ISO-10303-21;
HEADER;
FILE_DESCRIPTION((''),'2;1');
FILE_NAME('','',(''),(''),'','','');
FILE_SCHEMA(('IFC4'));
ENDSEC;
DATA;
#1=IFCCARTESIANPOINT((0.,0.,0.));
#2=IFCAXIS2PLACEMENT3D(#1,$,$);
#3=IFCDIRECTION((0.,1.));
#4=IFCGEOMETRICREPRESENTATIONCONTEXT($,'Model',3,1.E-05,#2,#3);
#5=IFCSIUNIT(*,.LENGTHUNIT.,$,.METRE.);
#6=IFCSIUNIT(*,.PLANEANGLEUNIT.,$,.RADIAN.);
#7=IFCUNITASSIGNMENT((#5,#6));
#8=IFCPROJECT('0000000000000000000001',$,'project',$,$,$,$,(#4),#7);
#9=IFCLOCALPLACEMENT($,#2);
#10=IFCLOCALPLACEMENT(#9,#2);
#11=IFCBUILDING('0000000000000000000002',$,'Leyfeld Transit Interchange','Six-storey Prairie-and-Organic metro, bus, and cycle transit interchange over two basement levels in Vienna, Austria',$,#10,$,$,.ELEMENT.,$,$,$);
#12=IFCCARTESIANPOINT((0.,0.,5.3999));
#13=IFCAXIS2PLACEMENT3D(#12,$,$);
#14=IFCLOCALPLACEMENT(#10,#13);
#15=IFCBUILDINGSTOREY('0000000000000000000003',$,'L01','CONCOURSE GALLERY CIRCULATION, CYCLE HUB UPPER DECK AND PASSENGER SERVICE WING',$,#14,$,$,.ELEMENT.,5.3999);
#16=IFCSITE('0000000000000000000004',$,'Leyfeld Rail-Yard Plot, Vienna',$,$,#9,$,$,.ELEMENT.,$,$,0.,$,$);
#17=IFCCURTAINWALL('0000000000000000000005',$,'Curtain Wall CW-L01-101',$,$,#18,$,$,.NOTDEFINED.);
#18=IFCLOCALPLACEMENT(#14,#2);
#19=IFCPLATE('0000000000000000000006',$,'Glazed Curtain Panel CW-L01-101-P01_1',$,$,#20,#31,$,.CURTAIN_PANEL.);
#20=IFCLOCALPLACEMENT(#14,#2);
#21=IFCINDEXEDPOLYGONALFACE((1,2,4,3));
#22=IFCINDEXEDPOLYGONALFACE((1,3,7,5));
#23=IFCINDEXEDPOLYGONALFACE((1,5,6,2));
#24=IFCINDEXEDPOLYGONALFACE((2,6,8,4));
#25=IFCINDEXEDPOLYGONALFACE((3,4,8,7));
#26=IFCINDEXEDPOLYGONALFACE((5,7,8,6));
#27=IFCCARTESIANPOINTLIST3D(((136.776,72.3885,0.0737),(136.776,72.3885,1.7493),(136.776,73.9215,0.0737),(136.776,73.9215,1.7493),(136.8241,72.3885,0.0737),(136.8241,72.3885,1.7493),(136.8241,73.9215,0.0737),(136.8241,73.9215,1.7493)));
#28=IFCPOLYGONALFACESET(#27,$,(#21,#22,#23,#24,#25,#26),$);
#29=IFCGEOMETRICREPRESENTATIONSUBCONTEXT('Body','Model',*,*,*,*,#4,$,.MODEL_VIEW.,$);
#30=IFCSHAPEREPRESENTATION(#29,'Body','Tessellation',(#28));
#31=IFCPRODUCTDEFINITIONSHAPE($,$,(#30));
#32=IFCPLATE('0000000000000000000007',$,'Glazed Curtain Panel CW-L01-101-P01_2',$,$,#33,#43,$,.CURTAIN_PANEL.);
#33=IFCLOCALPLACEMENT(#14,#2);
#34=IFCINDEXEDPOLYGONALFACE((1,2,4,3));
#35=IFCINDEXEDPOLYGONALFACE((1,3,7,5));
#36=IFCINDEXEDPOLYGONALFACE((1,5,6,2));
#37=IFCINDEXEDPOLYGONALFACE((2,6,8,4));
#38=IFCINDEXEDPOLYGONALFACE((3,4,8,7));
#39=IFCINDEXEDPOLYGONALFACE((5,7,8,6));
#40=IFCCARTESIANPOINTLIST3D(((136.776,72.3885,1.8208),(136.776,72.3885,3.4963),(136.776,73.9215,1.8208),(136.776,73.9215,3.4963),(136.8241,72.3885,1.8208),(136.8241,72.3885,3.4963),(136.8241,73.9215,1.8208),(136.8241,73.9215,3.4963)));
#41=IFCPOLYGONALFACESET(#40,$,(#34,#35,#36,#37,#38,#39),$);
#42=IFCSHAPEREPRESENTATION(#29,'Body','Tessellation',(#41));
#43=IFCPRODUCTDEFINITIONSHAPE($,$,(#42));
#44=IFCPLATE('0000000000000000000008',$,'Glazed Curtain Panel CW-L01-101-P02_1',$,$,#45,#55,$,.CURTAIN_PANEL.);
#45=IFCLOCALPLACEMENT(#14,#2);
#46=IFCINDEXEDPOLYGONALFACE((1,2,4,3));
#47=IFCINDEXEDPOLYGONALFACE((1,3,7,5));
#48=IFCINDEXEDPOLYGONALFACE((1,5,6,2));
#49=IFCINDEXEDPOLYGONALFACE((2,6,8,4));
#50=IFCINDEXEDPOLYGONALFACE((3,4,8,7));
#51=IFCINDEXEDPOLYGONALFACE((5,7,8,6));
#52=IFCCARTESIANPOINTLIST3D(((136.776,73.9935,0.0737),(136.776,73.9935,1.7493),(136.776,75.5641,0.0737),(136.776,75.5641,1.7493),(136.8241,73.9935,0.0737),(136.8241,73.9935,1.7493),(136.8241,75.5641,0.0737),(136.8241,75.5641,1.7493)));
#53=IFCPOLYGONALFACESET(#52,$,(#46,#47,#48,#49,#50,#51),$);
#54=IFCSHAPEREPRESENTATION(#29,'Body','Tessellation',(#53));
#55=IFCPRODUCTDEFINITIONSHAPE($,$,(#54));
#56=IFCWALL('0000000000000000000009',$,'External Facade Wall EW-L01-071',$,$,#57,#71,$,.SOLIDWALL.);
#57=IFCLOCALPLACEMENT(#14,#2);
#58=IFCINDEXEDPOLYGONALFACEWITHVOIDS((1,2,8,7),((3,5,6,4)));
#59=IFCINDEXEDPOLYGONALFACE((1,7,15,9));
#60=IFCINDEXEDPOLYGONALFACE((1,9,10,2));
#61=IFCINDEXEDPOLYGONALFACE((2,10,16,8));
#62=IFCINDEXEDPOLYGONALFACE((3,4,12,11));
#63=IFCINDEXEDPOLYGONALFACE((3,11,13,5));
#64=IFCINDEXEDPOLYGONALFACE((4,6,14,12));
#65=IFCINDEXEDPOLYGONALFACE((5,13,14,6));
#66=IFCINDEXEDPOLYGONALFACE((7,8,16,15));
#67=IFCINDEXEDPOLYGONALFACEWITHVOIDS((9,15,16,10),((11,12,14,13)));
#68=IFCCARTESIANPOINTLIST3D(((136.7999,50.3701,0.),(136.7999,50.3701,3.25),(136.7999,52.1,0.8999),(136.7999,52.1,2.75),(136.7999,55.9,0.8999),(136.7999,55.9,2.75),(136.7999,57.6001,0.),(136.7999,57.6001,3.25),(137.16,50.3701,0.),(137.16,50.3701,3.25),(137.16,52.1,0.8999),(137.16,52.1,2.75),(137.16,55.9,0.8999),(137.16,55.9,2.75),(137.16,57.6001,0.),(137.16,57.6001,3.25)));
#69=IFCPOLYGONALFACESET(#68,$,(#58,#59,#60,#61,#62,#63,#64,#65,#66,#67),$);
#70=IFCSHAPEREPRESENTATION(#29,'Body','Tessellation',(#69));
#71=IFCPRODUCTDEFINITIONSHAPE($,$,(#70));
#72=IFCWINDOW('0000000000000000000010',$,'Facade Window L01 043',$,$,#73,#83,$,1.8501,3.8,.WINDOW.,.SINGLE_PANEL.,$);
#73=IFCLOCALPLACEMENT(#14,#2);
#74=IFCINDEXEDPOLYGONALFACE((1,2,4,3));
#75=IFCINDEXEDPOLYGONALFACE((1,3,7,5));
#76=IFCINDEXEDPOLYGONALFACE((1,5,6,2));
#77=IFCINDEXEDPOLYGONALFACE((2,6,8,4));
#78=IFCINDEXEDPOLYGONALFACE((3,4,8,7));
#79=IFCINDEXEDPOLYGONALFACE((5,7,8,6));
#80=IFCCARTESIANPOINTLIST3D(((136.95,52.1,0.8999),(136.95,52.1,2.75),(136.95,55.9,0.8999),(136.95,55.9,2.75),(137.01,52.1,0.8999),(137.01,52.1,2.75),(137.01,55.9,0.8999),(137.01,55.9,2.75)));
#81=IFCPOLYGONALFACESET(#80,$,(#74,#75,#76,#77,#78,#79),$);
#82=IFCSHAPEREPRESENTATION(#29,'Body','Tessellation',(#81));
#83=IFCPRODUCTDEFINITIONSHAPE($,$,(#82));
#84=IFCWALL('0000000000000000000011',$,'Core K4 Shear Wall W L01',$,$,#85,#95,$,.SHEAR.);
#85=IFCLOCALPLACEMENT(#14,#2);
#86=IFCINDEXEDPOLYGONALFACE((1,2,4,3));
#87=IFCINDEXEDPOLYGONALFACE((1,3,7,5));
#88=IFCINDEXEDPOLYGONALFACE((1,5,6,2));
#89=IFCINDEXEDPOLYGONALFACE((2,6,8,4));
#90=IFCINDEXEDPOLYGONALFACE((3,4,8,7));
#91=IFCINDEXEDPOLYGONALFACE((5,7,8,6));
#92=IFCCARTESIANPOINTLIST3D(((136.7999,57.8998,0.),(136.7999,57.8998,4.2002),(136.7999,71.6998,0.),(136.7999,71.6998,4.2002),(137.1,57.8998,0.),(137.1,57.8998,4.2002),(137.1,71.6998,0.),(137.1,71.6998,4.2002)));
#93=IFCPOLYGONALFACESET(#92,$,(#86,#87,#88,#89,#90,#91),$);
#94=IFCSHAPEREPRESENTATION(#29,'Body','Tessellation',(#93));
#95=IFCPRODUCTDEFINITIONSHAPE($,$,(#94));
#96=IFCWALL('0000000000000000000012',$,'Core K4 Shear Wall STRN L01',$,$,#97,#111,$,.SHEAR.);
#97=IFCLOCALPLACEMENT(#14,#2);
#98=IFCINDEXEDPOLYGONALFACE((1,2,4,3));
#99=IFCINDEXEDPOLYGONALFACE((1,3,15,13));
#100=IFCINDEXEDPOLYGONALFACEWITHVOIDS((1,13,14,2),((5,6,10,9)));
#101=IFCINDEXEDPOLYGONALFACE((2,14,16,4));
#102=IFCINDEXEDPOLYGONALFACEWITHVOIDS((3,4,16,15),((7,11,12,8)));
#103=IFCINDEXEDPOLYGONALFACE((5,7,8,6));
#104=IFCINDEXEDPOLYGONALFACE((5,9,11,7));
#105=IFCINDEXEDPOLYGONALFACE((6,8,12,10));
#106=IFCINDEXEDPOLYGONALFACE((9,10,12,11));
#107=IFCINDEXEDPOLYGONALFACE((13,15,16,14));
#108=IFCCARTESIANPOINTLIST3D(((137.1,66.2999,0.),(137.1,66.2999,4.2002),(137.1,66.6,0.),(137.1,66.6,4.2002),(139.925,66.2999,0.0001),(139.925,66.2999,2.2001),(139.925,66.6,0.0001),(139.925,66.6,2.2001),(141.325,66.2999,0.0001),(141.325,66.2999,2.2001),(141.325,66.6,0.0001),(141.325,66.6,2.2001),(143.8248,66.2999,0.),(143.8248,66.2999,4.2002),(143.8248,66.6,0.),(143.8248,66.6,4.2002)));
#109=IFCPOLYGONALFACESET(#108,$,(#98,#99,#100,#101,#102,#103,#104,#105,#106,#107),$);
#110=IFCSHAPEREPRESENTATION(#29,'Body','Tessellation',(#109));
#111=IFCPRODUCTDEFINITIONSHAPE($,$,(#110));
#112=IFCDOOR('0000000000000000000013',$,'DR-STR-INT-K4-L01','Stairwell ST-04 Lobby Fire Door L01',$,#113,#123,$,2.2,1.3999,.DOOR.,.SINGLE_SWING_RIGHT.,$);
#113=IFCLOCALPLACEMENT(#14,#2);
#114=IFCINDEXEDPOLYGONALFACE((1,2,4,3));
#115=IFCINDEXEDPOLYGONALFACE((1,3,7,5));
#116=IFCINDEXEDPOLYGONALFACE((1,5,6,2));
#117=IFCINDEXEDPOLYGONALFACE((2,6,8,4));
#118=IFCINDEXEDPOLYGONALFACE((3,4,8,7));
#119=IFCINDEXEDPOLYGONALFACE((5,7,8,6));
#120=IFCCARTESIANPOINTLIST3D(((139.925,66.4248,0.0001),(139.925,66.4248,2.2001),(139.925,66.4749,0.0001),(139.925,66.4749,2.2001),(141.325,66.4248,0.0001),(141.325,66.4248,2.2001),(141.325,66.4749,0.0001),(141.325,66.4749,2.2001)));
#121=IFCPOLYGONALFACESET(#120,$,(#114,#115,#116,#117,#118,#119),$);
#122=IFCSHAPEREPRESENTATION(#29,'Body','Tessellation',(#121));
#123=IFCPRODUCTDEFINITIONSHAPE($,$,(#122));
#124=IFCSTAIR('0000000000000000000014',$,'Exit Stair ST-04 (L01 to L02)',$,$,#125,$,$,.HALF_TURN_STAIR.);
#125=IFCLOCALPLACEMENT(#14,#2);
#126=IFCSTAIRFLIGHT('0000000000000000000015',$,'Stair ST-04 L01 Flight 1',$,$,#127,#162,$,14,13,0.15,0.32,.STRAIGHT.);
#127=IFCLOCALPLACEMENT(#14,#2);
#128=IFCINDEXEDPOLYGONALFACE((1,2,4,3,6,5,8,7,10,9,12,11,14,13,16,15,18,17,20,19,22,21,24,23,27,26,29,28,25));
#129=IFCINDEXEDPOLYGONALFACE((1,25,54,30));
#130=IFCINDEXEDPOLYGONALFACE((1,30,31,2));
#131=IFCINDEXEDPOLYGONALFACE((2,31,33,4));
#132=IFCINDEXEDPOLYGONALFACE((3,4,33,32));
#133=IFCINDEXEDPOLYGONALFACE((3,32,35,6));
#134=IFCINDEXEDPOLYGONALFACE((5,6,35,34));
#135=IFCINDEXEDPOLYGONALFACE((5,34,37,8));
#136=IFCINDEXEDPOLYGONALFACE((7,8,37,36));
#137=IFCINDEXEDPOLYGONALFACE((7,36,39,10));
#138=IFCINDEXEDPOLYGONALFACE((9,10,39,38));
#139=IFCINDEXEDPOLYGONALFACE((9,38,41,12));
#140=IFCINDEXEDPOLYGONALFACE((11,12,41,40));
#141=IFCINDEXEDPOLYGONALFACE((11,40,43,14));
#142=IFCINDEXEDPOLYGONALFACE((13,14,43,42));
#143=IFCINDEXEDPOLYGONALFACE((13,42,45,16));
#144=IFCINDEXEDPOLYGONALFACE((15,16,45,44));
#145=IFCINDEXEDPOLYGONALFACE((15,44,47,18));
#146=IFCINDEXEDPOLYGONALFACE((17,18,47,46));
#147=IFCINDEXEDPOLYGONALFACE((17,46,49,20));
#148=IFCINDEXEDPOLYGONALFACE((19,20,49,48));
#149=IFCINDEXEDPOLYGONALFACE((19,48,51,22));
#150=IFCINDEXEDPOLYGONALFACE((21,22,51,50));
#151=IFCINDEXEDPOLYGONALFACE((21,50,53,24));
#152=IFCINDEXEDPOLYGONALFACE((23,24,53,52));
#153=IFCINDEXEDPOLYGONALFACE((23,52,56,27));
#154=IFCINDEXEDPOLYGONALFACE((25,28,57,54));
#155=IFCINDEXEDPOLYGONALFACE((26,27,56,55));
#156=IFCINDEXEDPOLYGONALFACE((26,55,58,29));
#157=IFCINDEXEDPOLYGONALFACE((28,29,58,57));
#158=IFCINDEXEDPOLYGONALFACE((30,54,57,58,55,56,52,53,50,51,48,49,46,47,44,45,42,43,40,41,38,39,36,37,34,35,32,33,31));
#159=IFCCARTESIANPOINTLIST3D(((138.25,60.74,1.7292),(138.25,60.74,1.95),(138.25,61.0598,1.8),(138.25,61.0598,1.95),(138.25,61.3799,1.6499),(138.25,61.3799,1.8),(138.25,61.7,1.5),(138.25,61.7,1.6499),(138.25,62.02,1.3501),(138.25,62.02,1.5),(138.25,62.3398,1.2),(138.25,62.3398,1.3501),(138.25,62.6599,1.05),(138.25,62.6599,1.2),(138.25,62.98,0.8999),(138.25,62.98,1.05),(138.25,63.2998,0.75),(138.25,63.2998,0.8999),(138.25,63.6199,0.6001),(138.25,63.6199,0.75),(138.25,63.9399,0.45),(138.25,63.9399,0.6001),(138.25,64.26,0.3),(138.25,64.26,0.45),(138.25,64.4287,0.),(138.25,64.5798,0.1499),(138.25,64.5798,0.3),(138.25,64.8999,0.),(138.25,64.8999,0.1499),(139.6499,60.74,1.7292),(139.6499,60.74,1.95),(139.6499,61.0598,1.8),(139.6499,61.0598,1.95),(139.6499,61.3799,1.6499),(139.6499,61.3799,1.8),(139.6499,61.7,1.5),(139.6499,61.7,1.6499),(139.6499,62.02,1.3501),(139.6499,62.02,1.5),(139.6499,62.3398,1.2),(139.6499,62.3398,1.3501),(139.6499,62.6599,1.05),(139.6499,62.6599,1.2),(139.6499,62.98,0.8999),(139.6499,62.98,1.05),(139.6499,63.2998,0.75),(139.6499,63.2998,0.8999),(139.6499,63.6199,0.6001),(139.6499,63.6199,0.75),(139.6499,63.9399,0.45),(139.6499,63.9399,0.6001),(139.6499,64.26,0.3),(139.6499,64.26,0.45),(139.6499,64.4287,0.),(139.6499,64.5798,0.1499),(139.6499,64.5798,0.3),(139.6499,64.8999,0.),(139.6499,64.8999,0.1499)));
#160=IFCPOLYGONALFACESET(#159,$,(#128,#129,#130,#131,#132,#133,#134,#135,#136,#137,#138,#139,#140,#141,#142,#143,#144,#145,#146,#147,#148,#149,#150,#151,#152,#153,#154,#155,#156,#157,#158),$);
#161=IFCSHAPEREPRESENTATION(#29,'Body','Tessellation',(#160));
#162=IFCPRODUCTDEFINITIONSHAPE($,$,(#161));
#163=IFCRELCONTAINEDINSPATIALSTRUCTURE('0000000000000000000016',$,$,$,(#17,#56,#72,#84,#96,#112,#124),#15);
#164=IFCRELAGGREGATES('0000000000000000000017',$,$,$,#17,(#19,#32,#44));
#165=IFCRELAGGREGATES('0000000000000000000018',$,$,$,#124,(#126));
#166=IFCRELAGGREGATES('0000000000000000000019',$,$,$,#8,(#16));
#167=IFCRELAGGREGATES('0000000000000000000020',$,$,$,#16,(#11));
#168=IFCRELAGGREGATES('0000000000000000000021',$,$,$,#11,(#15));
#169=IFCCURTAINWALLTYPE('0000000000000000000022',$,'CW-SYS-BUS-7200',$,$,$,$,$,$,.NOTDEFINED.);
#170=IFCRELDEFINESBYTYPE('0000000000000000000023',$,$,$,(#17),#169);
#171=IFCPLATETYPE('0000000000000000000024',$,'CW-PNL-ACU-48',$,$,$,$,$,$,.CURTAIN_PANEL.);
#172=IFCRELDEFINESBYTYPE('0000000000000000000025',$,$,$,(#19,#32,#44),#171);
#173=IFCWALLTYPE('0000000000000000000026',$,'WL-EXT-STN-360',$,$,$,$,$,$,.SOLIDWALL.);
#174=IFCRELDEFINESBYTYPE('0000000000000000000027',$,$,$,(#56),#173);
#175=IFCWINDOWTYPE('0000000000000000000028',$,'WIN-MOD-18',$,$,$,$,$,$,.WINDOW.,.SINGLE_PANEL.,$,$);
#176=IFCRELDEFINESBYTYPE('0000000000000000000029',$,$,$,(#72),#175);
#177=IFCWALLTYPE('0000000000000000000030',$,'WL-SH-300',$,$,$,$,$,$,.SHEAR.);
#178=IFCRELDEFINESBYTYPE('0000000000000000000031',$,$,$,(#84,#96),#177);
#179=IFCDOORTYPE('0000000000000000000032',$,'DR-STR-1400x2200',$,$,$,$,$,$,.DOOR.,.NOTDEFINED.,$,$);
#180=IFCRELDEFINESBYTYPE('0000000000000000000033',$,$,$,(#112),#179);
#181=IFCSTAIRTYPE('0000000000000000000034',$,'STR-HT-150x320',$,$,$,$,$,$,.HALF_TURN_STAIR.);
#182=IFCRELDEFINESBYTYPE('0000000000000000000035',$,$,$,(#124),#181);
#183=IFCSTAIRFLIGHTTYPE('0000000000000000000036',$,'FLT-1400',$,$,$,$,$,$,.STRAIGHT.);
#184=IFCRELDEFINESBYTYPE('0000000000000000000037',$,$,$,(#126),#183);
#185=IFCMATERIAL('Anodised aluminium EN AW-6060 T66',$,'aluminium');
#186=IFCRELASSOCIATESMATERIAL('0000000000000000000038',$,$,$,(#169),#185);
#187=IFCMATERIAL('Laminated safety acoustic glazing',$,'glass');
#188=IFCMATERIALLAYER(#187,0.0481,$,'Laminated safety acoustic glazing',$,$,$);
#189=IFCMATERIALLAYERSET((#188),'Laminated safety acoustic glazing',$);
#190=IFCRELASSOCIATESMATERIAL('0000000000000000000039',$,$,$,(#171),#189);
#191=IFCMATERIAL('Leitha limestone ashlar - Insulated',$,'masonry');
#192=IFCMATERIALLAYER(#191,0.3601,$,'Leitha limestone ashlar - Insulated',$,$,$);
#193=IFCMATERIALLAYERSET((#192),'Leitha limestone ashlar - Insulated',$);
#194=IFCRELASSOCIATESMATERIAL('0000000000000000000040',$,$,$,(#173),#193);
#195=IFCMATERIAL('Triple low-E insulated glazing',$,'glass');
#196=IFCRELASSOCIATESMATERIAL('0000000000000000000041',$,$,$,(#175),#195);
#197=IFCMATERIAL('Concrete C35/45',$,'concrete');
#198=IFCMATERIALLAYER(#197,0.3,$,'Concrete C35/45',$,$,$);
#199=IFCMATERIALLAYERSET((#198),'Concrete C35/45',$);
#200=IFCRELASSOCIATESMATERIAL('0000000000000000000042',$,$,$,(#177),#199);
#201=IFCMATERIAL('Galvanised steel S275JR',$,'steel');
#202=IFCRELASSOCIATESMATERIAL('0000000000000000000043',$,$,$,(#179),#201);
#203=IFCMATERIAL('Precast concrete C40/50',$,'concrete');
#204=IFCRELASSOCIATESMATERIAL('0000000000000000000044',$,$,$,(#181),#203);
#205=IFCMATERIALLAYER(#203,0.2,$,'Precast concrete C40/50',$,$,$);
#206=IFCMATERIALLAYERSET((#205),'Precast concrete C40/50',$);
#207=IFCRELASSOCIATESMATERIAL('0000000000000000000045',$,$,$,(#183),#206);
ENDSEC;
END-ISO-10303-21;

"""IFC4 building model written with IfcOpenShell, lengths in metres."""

from ifc_helpers import new_model, si_unit, direction, frame, frame_2d, origin, origin_2d, place, context, subcontext, project, spatial, polyline, rectangle, outline, extrude, material, layer, layer_set, type_object, element, fill, aggregate, save


model = new_model("IFC4")

# Units and contexts
model_context = context("Model", 3, precision=1e-05, world=origin(), true_north=direction((0.0, 1.0)))
body_context = subcontext(model_context, "Body", "Model", "MODEL_VIEW")
ifc_project = project(units=[si_unit("LENGTHUNIT", "METRE"), si_unit("PLANEANGLEUNIT", "RADIAN")], contexts=[model_context])

# Site, building, storey
site_placement = place(None, origin())
site = spatial("IfcSite", under=ifc_project, at=site_placement, Name="Leyfeld Rail-Yard Plot, Vienna", CompositionType="ELEMENT", RefElevation=0.0)
building_placement = place(site_placement, origin())
building = spatial("IfcBuilding", under=site, at=building_placement, Name="Leyfeld Transit Interchange", Description="Six-storey Prairie-and-Organic metro, bus, and cycle transit interchange over two basement levels in Vienna, Austria", CompositionType="ELEMENT")
storey_placement = place(building_placement, frame((0.0, 0.0, 5.3999)))
storey = spatial("IfcBuildingStorey", under=building, at=storey_placement, Name="L01", Description="CONCOURSE GALLERY CIRCULATION, CYCLE HUB UPPER DECK AND PASSENGER SERVICE WING", CompositionType="ELEMENT", Elevation=5.3999)

# Shared definitions
ifc_material_1 = material(Name="Concrete C35/45", Category="concrete")

# Curtain wall, plates
ifc_material_2 = material(Name="Anodised aluminium EN AW-6060 T66", Category="aluminium")
curtain_wall_type = type_object("IfcCurtainWallType", Name="CW-SYS-BUS-7200", PredefinedType="NOTDEFINED", material=ifc_material_2)
curtain_wall_placement = place(storey_placement, origin())
curtain_wall = element("IfcCurtainWall", 1, at=curtain_wall_placement, inside=storey, type_object=curtain_wall_type, Name="Curtain Wall CW-L01-101", PredefinedType="NOTDEFINED")
ifc_material_3 = material(Name="Laminated safety acoustic glazing", Category="glass")
ifc_layer_1 = layer(ifc_material_3, 0.0481, Name="Laminated safety acoustic glazing")
ifc_layer_set_1 = layer_set([ifc_layer_1], Name="Laminated safety acoustic glazing")
plate_type = type_object("IfcPlateType", Name="CW-PNL-ACU-48", PredefinedType="CURTAIN_PANEL", material=ifc_layer_set_1)
plate_1_placement = place(storey_placement, frame((136.8, 73.155, 0.0737), z_axis=(0.0, 0.0, 1.0), x_axis=(0.0, 1.0, 0.0)))
plate_1 = element("IfcPlate", 2, at=plate_1_placement, type_object=plate_type, Name="Glazed Curtain Panel CW-L01-101-P01_1", PredefinedType="CURTAIN_PANEL", context=body_context, shape_type="SweptSolid", body=[
    extrude(rectangle(XDim=1.533, YDim=0.0481, at=origin_2d()), origin(), (0.0, 0.0, 1.0), 1.6755),
])
plate_2_placement = place(storey_placement, frame((136.8, 73.155, 1.8208), z_axis=(0.0, 0.0, 1.0), x_axis=(0.0, 1.0, 0.0)))
plate_2 = element("IfcPlate", 3, at=plate_2_placement, type_object=plate_type, Name="Glazed Curtain Panel CW-L01-101-P01_2", PredefinedType="CURTAIN_PANEL", context=body_context, shape_type="SweptSolid", body=[
    extrude(rectangle(XDim=1.533, YDim=0.0481, at=origin_2d()), origin(), (0.0, 0.0, 1.0), 1.6755),
])
plate_3_placement = place(storey_placement, frame((136.8, 74.7788, 0.0737), z_axis=(0.0, 0.0, 1.0), x_axis=(0.0, 1.0, 0.0)))
plate_3 = element("IfcPlate", 4, at=plate_3_placement, type_object=plate_type, Name="Glazed Curtain Panel CW-L01-101-P02_1", PredefinedType="CURTAIN_PANEL", context=body_context, shape_type="SweptSolid", body=[
    extrude(rectangle(XDim=1.5706, YDim=0.0481, at=origin_2d()), origin(), (0.0, 0.0, 1.0), 1.6755),
])
aggregate(curtain_wall, [plate_1, plate_2, plate_3])

# Wall, opening, window
ifc_material_4 = material(Name="Leitha limestone ashlar - Insulated", Category="masonry")
ifc_layer_2 = layer(ifc_material_4, 0.3601, Name="Leitha limestone ashlar - Insulated")
ifc_layer_set_2 = layer_set([ifc_layer_2], Name="Leitha limestone ashlar - Insulated")
wall_type_1 = type_object("IfcWallType", Name="WL-EXT-STN-360", PredefinedType="SOLIDWALL", material=ifc_layer_set_2)
wall_1_placement = place(storey_placement, frame((136.98, 50.3701, 0.0), z_axis=(0.0, 0.0, 1.0), x_axis=(0.0, 1.0, 0.0)))
wall_1 = element("IfcWall", 5, at=wall_1_placement, inside=storey, type_object=wall_type_1, Name="External Facade Wall EW-L01-071", PredefinedType="SOLIDWALL", context=body_context, shape_type="SweptSolid", body=[
    extrude(rectangle(XDim=7.23, YDim=0.3601, at=frame_2d((3.615, 0.0))), origin(), (0.0, 0.0, 1.0), 3.25),
])
opening_1_placement = place(wall_1_placement, frame((1.73, 0.0, 0.8999)))
opening_1 = element("IfcOpeningElement", 6, at=opening_1_placement, cuts=wall_1, PredefinedType="OPENING", context=body_context, shape_type="SweptSolid", body=[
    extrude(rectangle(XDim=3.8, YDim=1.8501, at=frame_2d((1.8999, 0.925))), frame((0.0, 0.1899, 0.0), z_axis=(0.0, -1.0, 0.0), x_axis=(1.0, 0.0, 0.0)), (0.0, 0.0, 1.0), 0.3801),
])
ifc_material_5 = material(Name="Triple low-E insulated glazing", Category="glass")
window_type = type_object("IfcWindowType", Name="WIN-MOD-18", PartitioningType="SINGLE_PANEL", PredefinedType="WINDOW", material=ifc_material_5)
window_placement = place(opening_1_placement, origin())
window = element("IfcWindow", 7, at=window_placement, inside=storey, type_object=window_type, Name="Facade Window L01 043", OverallHeight=1.8501, OverallWidth=3.8, PartitioningType="SINGLE_PANEL", PredefinedType="WINDOW", context=body_context, shape_type="SweptSolid", body=[
    extrude(rectangle(XDim=3.8, YDim=1.8501, at=frame_2d((1.8999, 0.925))), frame((0.0, 0.03, 0.0), z_axis=(0.0, -1.0, 0.0), x_axis=(1.0, 0.0, 0.0)), (0.0, 0.0, 1.0), 0.0601),
])
fill(opening_1, window)

# Wall
ifc_layer_3 = layer(ifc_material_1, 0.3, Name="Concrete C35/45")
ifc_layer_set_3 = layer_set([ifc_layer_3], Name="Concrete C35/45")
wall_type_2 = type_object("IfcWallType", Name="WL-SH-300", PredefinedType="SHEAR", material=ifc_layer_set_3)
wall_2_placement = place(storey_placement, frame((136.95, 57.8999, 0.0), z_axis=(0.0, 0.0, 1.0), x_axis=(0.0, 1.0, 0.0)))
element("IfcWall", 8, at=wall_2_placement, inside=storey, type_object=wall_type_2, Name="Core K4 Shear Wall W L01", PredefinedType="SHEAR", context=body_context, shape_type="SweptSolid", body=[
    extrude(rectangle(XDim=13.8, YDim=0.3, at=frame_2d((6.8999, 0.0))), origin(), (0.0, 0.0, 1.0), 4.2002),
])

# Wall, opening, door
wall_3_placement = place(storey_placement, frame((137.1001, 66.45, 0.0), z_axis=(0.0, 0.0, 1.0), x_axis=(1.0, 0.0, 0.0)))
wall_3 = element("IfcWall", 9, at=wall_3_placement, inside=storey, type_object=wall_type_2, Name="Core K4 Shear Wall STRN L01", PredefinedType="SHEAR", context=body_context, shape_type="SweptSolid", body=[
    extrude(rectangle(XDim=6.7249, YDim=0.3, at=frame_2d((3.3623, 0.0))), origin(), (0.0, 0.0, 1.0), 4.2002),
])
opening_2_placement = place(wall_3_placement, frame((2.825, 0.0, 0.0)))
opening_2 = element("IfcOpeningElement", 10, at=opening_2_placement, cuts=wall_3, PredefinedType="OPENING", context=body_context, shape_type="SweptSolid", body=[
    extrude(rectangle(XDim=1.3999, YDim=2.2, at=frame_2d((0.7, 1.1001))), frame((0.0, 0.1599, 0.0), z_axis=(0.0, -1.0, 0.0), x_axis=(1.0, 0.0, 0.0)), (0.0, 0.0, 1.0), 0.3201),
])
ifc_material_6 = material(Name="Galvanised steel S275JR", Category="steel")
door_type = type_object("IfcDoorType", Name="DR-STR-1400x2200", OperationType="NOTDEFINED", PredefinedType="DOOR", material=ifc_material_6)
door_placement = place(opening_2_placement, origin())
door = element("IfcDoor", 11, at=door_placement, inside=storey, type_object=door_type, Name="DR-STR-INT-K4-L01", Description="Stairwell ST-04 Lobby Fire Door L01", OperationType="SINGLE_SWING_RIGHT", OverallHeight=2.2, OverallWidth=1.3999, PredefinedType="DOOR", context=body_context, shape_type="SweptSolid", body=[
    extrude(rectangle(XDim=1.3999, YDim=2.2, at=frame_2d((0.7, 1.1001))), frame((0.0, 0.0249, 0.0), z_axis=(0.0, -1.0, 0.0), x_axis=(1.0, 0.0, 0.0)), (0.0, 0.0, 1.0), 0.05),
])
fill(opening_2, door)

# Stair, stair flight
ifc_material_7 = material(Name="Precast concrete C40/50", Category="concrete")
stair_type = type_object("IfcStairType", Name="STR-HT-150x320", PredefinedType="HALF_TURN_STAIR", material=ifc_material_7)
stair_placement = place(storey_placement, origin())
stair = element("IfcStair", 12, at=stair_placement, inside=storey, type_object=stair_type, Name="Exit Stair ST-04 (L01 to L02)", PredefinedType="HALF_TURN_STAIR")
ifc_layer_4 = layer(ifc_material_7, 0.2, Name="Precast concrete C40/50")
ifc_layer_set_4 = layer_set([ifc_layer_4], Name="Precast concrete C40/50")
stair_flight_type = type_object("IfcStairFlightType", Name="FLT-1400", PredefinedType="STRAIGHT", material=ifc_layer_set_4)
stair_flight_placement = place(storey_placement, frame((138.95, 64.8999, 0.0), z_axis=(0.0, 0.0, 1.0), x_axis=(0.0, -1.0, 0.0)))
stair_flight = element("IfcStairFlight", 13, at=stair_flight_placement, type_object=stair_flight_type, Name="Stair ST-04 L01 Flight 1", NumberOfRisers=14, NumberOfTreads=13, PredefinedType="STRAIGHT", RiserHeight=0.15, TreadLength=0.32, context=body_context, shape_type="SweptSolid", body=[
    extrude(outline(polyline([(0.0, 0.0), (0.0, 0.1499), (0.3201, 0.1499), (0.3201, 0.3), (0.6399, 0.3), (0.6399, 0.45), (0.96, 0.45), (0.96, 0.6001), (1.28, 0.6001), (1.28, 0.75), (1.6001, 0.75), (1.6001, 0.8999), (1.9199, 0.8999), (1.9199, 1.05), (2.24, 1.05), (2.24, 1.2), (2.5601, 1.2), (2.5601, 1.3501), (2.8799, 1.3501), (2.8799, 1.5), (3.2, 1.5), (3.2, 1.6499), (3.52, 1.6499), (3.52, 1.8), (3.8401, 1.8), (3.8401, 1.95), (4.1599, 1.95), (4.1599, 2.1001), (4.1599, 1.7292), (0.4712, 0.0), (0.0, 0.0)])), frame((0.0, 0.7, 0.0), z_axis=(0.0, -1.0, 0.0), x_axis=(1.0, 0.0, 0.0)), (0.0, 0.0, 1.0), 1.3999),
])
aggregate(stair, [stair_flight])

save(model, "model.ifc")
